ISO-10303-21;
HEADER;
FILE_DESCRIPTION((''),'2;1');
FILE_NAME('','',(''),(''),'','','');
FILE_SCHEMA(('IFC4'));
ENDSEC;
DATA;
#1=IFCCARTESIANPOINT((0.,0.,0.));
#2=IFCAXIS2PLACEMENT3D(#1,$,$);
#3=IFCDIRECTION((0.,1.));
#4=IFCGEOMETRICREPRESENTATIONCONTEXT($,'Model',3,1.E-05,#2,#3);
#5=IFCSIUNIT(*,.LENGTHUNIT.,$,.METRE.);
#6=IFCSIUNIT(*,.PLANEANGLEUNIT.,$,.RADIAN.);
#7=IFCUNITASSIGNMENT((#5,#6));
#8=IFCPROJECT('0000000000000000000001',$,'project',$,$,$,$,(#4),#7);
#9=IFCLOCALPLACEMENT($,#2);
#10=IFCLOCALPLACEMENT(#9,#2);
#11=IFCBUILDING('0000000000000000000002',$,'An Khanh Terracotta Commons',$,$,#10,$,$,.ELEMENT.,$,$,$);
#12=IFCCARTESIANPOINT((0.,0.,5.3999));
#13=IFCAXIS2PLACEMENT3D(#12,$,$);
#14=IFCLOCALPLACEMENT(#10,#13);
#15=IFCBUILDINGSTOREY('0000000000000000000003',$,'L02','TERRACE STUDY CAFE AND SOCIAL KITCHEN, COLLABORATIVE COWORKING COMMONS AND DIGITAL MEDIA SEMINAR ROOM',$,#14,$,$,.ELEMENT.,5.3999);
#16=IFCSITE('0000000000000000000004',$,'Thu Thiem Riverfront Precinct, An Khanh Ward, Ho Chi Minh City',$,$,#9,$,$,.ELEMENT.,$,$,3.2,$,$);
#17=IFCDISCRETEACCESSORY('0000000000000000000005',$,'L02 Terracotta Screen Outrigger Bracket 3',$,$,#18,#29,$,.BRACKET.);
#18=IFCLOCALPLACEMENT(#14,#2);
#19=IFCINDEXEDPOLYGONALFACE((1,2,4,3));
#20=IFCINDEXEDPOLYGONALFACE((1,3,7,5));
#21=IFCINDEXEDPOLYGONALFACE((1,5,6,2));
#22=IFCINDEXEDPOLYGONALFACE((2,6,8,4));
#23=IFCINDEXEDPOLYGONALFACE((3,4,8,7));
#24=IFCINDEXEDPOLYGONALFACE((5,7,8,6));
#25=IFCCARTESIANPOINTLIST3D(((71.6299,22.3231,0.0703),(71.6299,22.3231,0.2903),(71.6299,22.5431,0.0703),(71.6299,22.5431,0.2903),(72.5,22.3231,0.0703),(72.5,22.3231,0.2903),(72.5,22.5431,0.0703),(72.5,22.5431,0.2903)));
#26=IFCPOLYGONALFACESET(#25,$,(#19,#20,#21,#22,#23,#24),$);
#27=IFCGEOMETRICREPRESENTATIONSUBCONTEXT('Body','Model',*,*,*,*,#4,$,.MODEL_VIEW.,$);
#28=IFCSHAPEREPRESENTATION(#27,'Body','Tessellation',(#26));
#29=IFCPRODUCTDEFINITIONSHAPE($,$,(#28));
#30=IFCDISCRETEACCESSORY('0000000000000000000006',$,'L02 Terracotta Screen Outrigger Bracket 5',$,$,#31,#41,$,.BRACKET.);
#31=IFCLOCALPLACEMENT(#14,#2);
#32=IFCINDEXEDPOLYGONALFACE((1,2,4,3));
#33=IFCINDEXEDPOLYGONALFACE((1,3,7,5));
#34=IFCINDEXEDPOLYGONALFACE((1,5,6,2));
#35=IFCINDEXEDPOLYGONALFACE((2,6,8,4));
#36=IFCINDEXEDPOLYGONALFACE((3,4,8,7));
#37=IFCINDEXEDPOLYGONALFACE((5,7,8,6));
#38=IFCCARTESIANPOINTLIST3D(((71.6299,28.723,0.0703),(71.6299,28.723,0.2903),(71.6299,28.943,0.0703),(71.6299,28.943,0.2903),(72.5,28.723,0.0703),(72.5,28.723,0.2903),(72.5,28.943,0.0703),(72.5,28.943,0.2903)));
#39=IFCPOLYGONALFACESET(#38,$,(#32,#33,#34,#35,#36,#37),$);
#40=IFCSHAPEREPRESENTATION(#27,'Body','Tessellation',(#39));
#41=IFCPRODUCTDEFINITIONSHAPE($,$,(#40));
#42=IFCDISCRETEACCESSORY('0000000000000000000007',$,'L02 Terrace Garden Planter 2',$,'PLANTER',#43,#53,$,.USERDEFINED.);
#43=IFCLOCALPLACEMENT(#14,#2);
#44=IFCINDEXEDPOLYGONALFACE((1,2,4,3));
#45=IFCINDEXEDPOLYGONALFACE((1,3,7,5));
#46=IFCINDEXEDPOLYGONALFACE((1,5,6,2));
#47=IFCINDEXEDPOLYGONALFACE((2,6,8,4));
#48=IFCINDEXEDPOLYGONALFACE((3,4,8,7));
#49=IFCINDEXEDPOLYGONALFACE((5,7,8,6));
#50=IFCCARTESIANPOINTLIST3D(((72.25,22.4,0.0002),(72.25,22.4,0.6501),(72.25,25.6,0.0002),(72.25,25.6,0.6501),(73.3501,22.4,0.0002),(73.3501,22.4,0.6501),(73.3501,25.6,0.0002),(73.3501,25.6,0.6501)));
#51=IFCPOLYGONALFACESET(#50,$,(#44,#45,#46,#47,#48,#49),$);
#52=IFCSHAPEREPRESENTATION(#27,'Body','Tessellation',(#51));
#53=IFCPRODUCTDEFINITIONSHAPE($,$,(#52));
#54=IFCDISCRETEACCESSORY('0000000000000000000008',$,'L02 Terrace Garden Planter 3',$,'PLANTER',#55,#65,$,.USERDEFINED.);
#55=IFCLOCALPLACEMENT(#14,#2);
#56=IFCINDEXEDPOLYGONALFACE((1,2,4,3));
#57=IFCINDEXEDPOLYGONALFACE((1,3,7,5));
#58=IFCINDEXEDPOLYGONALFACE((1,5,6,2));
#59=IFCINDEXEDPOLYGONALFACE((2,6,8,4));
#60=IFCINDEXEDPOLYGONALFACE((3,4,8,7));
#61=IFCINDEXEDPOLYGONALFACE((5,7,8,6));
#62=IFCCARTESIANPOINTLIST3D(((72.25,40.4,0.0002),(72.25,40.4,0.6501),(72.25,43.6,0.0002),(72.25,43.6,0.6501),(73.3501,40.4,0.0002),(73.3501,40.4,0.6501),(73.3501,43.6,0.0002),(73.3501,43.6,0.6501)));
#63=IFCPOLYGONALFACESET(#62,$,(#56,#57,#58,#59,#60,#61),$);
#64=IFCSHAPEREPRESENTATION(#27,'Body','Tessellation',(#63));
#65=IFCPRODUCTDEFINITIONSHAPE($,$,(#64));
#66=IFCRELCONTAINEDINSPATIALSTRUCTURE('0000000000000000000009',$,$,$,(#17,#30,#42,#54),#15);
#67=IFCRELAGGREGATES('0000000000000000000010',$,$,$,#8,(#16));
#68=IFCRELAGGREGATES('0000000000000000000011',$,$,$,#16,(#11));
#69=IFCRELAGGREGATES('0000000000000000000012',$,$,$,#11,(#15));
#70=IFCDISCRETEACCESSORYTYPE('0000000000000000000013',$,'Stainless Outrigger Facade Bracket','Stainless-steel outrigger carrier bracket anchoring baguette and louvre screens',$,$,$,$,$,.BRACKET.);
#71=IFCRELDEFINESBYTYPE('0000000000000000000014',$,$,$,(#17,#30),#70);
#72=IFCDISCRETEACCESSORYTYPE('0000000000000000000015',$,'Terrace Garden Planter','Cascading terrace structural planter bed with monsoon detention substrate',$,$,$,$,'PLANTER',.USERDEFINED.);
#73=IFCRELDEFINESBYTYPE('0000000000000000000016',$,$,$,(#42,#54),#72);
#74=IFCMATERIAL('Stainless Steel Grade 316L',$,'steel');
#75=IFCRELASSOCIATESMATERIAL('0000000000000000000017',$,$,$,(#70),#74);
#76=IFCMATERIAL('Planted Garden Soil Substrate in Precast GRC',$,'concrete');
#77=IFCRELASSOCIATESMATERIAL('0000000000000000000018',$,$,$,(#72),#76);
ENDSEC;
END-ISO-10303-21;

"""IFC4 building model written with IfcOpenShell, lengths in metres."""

from ifc_helpers import new_model, si_unit, direction, frame, origin, origin_2d, place, context, subcontext, project, spatial, rectangle, extrude, material, type_object, element, save


model = new_model("IFC4")

# Units and contexts
model_context = context("Model", 3, precision=1e-05, world=origin(), true_north=direction((0.0, 1.0)))
body_context = subcontext(model_context, "Body", "Model", "MODEL_VIEW")
ifc_project = project(units=[si_unit("LENGTHUNIT", "METRE"), si_unit("PLANEANGLEUNIT", "RADIAN")], contexts=[model_context])

# Site, building, storey
site_placement = place(None, origin())
site = spatial("IfcSite", under=ifc_project, at=site_placement, Name="Thu Thiem Riverfront Precinct, An Khanh Ward, Ho Chi Minh City", CompositionType="ELEMENT", RefElevation=3.2)
building_placement = place(site_placement, origin())
building = spatial("IfcBuilding", under=site, at=building_placement, Name="An Khanh Terracotta Commons", CompositionType="ELEMENT")
storey_placement = place(building_placement, frame((0.0, 0.0, 5.3999)))
storey = spatial("IfcBuildingStorey", under=building, at=storey_placement, Name="L02", Description="TERRACE STUDY CAFE AND SOCIAL KITCHEN, COLLABORATIVE COWORKING COMMONS AND DIGITAL MEDIA SEMINAR ROOM", CompositionType="ELEMENT", Elevation=5.3999)

# Discrete accessories
ifc_material_1 = material(Name="Stainless Steel Grade 316L", Category="steel")
discrete_accessory_type_1 = type_object("IfcDiscreteAccessoryType", Name="Stainless Outrigger Facade Bracket", Description="Stainless-steel outrigger carrier bracket anchoring baguette and louvre screens", PredefinedType="BRACKET", material=ifc_material_1)
for number, where, z_axis, x_axis, name in (
    (1, (72.0649, 22.4331, 0.0703), (0.0, 0.0, 1.0), (0.0, 1.0, 0.0), "L02 Terracotta Screen Outrigger Bracket 3"),
    (2, (72.0649, 28.833, 0.0703), (0.0, 0.0, 1.0), (0.0, 1.0, 0.0), "L02 Terracotta Screen Outrigger Bracket 5"),
):
    element("IfcDiscreteAccessory", number, at=place(storey_placement, frame(where, z_axis=z_axis, x_axis=x_axis)), inside=storey, type_object=discrete_accessory_type_1, Name=name, PredefinedType="BRACKET", context=body_context, shape_type="SweptSolid", body=[
        extrude(rectangle(XDim=0.22, YDim=0.8701, at=origin_2d()), origin(), (0.0, 0.0, 1.0), 0.22),
    ])
ifc_material_2 = material(Name="Planted Garden Soil Substrate in Precast GRC", Category="concrete")
discrete_accessory_type_2 = type_object("IfcDiscreteAccessoryType", Name="Terrace Garden Planter", Description="Cascading terrace structural planter bed with monsoon detention substrate", ElementType="PLANTER", PredefinedType="USERDEFINED", material=ifc_material_2)
for number, where, z_axis, x_axis, name in (
    (3, (72.8, 24.0, 0.0002), (0.0, 0.0, 1.0), (1.0, 0.0, 0.0), "L02 Terrace Garden Planter 2"),
    (4, (72.8, 42.0, 0.0002), (0.0, 0.0, 1.0), (1.0, 0.0, 0.0), "L02 Terrace Garden Planter 3"),
):
    element("IfcDiscreteAccessory", number, at=place(storey_placement, frame(where, z_axis=z_axis, x_axis=x_axis)), inside=storey, type_object=discrete_accessory_type_2, Name=name, ObjectType="PLANTER", PredefinedType="USERDEFINED", context=body_context, shape_type="SweptSolid", body=[
        extrude(rectangle(XDim=1.1001, YDim=3.2, at=origin_2d()), origin(), (0.0, 0.0, 1.0), 0.6499),
    ])

save(model, "model.ifc")
